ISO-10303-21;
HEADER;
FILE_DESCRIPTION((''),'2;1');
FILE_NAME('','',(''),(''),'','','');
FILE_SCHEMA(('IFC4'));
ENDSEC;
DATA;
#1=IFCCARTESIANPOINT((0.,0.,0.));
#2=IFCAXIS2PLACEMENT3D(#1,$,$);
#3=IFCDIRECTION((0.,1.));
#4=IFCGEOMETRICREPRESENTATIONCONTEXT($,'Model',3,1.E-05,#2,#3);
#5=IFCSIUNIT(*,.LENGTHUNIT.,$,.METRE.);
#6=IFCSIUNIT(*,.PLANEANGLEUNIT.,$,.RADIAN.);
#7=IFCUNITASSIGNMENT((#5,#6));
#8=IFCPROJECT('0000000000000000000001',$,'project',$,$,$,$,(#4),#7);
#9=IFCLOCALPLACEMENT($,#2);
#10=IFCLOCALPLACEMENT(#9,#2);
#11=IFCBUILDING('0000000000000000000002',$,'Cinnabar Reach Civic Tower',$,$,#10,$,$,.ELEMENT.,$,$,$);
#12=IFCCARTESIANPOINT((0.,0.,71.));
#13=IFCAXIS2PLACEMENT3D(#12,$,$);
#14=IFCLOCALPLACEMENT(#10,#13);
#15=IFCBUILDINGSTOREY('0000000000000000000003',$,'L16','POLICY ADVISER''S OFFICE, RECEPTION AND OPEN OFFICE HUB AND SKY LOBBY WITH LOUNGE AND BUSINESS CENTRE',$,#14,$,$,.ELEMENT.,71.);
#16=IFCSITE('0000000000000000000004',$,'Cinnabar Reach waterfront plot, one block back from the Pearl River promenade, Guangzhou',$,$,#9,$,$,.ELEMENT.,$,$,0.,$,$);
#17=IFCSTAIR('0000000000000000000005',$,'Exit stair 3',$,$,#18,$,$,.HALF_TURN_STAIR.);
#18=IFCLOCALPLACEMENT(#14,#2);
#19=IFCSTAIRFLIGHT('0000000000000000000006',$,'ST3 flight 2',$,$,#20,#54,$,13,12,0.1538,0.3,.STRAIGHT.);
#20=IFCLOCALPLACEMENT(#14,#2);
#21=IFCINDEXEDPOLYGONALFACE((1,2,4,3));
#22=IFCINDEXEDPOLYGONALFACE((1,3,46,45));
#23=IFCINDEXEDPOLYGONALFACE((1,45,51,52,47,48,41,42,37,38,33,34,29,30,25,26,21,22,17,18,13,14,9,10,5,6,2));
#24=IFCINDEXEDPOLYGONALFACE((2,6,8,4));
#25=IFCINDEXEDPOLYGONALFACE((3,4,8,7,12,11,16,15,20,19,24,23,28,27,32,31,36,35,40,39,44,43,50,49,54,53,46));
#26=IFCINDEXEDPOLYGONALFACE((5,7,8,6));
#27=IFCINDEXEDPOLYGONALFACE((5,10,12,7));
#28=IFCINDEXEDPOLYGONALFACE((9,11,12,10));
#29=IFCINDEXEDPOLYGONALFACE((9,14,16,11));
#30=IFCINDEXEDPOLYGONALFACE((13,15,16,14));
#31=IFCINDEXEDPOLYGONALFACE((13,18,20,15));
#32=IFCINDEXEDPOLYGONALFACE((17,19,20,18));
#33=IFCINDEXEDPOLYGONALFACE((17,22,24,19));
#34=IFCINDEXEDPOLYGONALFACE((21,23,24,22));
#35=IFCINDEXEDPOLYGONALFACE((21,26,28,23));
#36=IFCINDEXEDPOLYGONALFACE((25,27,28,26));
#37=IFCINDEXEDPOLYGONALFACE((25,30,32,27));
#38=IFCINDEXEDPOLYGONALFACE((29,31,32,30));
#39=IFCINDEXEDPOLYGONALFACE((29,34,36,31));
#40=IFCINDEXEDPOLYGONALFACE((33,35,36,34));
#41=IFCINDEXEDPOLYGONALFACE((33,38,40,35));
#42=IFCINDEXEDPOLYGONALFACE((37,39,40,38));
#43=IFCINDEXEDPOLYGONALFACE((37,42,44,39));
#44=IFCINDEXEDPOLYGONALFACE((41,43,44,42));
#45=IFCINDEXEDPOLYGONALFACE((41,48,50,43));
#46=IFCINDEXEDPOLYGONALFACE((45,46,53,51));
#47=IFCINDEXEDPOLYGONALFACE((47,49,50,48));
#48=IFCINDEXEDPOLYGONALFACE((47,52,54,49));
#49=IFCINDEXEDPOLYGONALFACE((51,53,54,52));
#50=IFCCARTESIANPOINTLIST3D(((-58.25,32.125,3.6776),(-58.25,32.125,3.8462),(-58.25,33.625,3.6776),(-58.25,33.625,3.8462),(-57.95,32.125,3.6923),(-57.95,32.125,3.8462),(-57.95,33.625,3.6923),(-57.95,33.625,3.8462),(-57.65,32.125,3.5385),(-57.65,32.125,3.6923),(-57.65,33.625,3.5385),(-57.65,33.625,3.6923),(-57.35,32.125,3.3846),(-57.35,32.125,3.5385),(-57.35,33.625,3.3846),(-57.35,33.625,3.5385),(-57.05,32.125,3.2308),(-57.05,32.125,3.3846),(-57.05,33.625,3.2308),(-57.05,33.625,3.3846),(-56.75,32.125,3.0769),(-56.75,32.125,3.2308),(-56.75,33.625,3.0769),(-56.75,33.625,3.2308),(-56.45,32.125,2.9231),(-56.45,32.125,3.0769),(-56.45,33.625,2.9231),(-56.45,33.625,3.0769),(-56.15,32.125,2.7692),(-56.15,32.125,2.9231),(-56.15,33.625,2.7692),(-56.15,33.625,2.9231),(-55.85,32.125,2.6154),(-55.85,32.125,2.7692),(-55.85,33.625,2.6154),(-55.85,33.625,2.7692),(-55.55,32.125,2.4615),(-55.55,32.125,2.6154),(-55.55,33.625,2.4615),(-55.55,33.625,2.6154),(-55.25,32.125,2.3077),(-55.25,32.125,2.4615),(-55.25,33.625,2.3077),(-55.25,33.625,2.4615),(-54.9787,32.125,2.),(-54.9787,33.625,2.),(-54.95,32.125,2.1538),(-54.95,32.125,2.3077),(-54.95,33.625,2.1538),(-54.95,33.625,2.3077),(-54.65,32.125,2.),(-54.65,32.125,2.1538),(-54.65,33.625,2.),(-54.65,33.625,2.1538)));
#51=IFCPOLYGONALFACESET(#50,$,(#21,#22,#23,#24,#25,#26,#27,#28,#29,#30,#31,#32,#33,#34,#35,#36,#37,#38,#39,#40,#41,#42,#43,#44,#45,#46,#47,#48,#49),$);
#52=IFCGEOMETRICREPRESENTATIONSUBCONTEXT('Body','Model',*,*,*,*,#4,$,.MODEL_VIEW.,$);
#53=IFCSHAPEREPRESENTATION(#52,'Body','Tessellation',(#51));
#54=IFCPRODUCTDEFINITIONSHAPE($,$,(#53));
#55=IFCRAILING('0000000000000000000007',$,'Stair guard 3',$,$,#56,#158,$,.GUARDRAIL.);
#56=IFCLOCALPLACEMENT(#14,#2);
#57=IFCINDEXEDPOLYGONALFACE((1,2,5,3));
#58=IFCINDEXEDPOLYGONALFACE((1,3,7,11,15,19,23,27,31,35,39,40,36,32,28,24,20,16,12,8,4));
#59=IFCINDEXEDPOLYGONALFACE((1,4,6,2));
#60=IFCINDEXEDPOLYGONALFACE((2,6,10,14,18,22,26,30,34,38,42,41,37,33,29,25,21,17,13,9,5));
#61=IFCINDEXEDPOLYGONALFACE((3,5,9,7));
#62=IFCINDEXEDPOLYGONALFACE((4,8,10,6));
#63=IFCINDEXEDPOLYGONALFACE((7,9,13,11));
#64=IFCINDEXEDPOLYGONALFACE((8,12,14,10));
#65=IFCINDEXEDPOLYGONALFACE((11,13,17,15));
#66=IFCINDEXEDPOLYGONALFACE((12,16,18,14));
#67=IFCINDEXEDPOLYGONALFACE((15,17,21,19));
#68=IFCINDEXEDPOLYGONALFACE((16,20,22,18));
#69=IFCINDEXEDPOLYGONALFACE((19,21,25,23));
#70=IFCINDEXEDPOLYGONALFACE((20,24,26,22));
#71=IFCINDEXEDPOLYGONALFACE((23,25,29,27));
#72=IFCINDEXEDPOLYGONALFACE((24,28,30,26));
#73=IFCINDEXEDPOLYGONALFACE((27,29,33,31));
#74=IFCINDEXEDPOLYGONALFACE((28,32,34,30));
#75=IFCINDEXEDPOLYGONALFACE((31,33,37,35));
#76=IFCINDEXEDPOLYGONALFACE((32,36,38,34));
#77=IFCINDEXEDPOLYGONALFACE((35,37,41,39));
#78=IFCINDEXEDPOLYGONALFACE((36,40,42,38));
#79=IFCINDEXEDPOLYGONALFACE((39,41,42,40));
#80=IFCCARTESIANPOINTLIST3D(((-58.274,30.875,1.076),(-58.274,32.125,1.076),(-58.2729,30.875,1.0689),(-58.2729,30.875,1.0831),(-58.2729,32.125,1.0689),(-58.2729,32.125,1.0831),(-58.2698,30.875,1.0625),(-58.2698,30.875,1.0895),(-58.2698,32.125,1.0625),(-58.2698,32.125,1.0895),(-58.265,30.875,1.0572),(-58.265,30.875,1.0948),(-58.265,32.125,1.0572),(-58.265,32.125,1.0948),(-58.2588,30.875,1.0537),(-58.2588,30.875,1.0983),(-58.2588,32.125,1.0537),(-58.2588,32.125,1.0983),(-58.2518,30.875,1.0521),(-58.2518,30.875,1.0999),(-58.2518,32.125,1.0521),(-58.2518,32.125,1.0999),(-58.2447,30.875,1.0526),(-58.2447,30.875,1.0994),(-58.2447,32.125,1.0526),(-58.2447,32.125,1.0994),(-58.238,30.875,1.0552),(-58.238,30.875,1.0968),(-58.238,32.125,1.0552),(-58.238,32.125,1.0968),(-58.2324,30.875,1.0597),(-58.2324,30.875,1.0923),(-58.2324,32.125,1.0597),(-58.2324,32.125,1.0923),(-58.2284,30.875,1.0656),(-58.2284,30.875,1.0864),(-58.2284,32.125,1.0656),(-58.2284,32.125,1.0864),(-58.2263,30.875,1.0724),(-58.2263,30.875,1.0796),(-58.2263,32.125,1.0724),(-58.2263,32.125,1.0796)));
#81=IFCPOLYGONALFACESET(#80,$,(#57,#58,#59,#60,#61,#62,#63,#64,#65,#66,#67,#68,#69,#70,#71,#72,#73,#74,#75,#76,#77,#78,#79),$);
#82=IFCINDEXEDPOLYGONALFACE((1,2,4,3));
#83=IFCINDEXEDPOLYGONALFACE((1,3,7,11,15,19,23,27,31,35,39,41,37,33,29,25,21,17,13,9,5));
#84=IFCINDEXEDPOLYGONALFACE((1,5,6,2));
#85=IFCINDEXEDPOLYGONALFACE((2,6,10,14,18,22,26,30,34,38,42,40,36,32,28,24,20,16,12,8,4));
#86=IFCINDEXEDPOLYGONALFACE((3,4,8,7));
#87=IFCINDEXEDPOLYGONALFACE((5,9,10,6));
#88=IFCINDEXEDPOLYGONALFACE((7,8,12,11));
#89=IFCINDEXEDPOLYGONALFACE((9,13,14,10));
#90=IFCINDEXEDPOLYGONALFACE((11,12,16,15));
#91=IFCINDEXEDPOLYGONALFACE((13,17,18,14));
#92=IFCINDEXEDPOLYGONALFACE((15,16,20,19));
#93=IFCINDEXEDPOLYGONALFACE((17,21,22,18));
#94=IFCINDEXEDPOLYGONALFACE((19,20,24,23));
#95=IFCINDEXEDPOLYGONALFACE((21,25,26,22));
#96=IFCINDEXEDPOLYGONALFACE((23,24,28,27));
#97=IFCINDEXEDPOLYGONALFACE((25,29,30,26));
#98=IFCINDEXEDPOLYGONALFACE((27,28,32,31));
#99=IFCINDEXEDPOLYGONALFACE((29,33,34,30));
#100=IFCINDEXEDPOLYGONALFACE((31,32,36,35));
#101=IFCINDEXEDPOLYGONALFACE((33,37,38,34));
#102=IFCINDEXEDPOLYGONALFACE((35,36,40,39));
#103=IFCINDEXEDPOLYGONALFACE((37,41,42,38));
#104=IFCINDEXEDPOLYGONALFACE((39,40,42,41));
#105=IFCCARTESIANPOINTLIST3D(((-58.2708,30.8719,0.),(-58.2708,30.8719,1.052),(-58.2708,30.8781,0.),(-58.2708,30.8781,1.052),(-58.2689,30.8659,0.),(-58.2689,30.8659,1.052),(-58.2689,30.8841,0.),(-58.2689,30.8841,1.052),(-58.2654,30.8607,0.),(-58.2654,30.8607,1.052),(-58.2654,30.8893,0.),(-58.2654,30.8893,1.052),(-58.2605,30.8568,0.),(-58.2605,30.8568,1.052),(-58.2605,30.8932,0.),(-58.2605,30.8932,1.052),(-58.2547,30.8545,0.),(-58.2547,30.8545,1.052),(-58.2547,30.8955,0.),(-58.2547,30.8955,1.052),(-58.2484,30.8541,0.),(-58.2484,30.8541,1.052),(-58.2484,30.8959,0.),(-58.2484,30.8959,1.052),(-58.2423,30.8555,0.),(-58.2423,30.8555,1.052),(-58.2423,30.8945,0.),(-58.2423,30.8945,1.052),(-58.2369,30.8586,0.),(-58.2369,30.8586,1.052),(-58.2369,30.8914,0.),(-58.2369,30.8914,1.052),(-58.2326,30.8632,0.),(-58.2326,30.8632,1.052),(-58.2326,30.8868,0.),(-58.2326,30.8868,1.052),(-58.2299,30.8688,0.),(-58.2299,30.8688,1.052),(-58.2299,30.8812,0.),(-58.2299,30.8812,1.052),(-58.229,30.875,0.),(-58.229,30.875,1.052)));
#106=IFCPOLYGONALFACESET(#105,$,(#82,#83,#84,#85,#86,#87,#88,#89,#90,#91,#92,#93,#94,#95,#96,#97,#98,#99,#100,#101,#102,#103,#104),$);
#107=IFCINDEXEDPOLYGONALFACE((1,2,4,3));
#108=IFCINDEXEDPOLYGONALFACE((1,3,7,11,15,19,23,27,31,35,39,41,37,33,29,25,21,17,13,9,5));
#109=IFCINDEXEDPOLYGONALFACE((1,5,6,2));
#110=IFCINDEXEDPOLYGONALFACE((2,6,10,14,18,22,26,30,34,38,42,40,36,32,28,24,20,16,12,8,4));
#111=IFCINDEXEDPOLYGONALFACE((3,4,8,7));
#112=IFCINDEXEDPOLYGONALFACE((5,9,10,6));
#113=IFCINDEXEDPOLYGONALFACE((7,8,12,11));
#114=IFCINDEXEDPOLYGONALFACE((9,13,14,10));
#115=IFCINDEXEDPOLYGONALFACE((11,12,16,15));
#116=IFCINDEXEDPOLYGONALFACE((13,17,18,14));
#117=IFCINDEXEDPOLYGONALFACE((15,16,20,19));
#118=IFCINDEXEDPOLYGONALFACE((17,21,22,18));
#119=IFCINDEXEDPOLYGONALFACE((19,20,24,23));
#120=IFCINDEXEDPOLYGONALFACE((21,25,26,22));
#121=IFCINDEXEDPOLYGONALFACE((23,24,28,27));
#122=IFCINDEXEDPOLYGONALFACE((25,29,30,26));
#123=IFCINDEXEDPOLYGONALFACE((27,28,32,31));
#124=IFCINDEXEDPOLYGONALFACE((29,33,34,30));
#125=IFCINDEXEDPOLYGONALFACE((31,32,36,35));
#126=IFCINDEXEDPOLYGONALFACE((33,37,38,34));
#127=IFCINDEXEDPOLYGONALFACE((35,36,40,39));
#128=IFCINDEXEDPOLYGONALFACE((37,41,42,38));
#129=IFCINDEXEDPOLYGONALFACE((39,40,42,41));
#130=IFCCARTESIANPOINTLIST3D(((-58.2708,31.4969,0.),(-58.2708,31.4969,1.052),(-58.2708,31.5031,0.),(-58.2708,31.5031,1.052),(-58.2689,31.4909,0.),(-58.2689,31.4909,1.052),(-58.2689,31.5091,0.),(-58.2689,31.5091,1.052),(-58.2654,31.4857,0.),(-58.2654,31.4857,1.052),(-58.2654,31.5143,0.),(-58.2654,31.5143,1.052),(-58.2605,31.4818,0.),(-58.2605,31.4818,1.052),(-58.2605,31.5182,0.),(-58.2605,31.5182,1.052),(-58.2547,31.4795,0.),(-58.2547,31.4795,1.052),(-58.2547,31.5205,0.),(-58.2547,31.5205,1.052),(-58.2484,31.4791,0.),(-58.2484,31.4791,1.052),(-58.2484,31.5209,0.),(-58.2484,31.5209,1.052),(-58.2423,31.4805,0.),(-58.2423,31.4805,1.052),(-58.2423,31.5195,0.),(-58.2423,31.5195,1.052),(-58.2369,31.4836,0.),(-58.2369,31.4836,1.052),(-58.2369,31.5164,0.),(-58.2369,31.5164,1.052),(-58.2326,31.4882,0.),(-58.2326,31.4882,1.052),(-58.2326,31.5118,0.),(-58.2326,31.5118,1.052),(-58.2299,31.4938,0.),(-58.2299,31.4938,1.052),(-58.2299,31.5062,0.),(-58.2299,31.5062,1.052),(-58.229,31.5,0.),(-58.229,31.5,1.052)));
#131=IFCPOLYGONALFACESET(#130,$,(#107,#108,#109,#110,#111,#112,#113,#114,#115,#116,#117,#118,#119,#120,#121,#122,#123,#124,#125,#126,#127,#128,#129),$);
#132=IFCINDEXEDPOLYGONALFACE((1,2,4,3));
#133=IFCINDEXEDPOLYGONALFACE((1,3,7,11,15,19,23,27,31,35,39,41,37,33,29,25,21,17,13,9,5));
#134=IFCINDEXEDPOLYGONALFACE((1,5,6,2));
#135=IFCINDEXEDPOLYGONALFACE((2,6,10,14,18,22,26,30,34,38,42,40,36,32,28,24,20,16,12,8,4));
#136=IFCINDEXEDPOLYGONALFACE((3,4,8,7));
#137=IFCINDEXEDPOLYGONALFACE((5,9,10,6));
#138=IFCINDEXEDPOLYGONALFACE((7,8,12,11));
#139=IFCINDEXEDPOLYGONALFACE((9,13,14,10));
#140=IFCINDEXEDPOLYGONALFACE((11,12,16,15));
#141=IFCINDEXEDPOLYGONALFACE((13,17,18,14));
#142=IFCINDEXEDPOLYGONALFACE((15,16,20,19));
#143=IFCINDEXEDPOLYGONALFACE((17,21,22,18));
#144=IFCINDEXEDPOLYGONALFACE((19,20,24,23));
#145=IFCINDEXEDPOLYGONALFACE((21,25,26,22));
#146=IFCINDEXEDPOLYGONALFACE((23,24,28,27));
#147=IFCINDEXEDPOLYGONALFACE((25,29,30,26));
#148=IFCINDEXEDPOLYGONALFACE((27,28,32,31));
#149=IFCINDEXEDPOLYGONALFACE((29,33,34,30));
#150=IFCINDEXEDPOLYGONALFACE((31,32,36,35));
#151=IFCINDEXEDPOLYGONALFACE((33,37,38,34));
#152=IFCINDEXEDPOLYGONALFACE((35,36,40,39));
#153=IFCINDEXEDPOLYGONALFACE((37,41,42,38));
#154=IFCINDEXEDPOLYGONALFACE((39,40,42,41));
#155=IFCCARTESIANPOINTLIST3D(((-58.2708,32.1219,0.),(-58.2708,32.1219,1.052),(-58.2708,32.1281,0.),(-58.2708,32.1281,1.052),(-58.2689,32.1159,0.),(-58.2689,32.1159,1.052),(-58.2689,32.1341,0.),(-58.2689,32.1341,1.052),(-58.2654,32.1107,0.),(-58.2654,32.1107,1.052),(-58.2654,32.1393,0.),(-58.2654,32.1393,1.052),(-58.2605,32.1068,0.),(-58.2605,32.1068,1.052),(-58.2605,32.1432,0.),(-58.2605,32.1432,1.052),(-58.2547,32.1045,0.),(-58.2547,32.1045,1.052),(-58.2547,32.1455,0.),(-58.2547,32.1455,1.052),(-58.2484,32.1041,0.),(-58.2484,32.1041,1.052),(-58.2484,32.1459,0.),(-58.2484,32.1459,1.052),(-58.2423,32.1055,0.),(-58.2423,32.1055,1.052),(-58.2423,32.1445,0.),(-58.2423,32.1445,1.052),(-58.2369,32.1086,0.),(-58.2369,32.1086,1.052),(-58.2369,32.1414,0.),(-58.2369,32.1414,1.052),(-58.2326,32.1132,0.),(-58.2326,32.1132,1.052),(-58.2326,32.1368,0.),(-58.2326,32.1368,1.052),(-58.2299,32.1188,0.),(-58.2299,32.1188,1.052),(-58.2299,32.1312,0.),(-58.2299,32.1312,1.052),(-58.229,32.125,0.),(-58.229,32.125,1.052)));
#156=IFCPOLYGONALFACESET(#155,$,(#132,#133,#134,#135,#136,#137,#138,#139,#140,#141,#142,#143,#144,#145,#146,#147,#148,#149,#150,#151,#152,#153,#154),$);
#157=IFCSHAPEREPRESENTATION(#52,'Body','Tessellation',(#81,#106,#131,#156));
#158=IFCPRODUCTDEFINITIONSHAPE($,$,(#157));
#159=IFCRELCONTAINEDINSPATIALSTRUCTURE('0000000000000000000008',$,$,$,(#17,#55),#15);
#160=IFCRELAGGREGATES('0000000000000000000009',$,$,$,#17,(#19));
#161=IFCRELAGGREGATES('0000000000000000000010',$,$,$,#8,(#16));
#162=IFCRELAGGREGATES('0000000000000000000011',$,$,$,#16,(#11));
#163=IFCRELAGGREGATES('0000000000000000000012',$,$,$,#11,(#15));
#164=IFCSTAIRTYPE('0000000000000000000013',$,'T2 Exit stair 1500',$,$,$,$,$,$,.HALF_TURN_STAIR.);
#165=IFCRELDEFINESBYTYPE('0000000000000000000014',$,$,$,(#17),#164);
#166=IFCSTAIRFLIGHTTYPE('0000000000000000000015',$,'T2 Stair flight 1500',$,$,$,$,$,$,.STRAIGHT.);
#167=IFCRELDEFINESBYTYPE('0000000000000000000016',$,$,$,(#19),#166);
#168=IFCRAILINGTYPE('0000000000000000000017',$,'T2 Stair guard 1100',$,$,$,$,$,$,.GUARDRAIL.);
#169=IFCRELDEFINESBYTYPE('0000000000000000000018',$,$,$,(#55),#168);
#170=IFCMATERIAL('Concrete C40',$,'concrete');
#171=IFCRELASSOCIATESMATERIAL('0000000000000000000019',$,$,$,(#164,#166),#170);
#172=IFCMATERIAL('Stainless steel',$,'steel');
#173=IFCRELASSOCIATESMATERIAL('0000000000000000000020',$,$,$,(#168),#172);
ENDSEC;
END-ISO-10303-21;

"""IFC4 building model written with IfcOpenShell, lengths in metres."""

from ifc_helpers import new_model, si_unit, direction, frame, origin, origin_2d, place, context, subcontext, project, spatial, polyline, circle, outline, extrude, material, type_object, element, aggregate, save


model = new_model("IFC4")

# Units and contexts
model_context = context("Model", 3, precision=1e-05, world=origin(), true_north=direction((0.0, 1.0)))
body_context = subcontext(model_context, "Body", "Model", "MODEL_VIEW")
ifc_project = project(units=[si_unit("LENGTHUNIT", "METRE"), si_unit("PLANEANGLEUNIT", "RADIAN")], contexts=[model_context])

# Site, building, storey
site_placement = place(None, origin())
site = spatial("IfcSite", under=ifc_project, at=site_placement, Name="Cinnabar Reach waterfront plot, one block back from the Pearl River promenade, Guangzhou", CompositionType="ELEMENT", RefElevation=0.0)
building_placement = place(site_placement, origin())
building = spatial("IfcBuilding", under=site, at=building_placement, Name="Cinnabar Reach Civic Tower", CompositionType="ELEMENT")
storey_placement = place(building_placement, frame((0.0, 0.0, 71.0)))
storey = spatial("IfcBuildingStorey", under=building, at=storey_placement, Name="L16", Description="POLICY ADVISER'S OFFICE, RECEPTION AND OPEN OFFICE HUB AND SKY LOBBY WITH LOUNGE AND BUSINESS CENTRE", CompositionType="ELEMENT", Elevation=71.0)

# Stair, stair flight
ifc_material_1 = material(Name="Concrete C40", Category="concrete")
stair_type = type_object("IfcStairType", Name="T2 Exit stair 1500", PredefinedType="HALF_TURN_STAIR", material=ifc_material_1)
stair_placement = place(storey_placement, origin())
stair = element("IfcStair", 1, at=stair_placement, inside=storey, type_object=stair_type, Name="Exit stair 3", PredefinedType="HALF_TURN_STAIR")
stair_flight_type = type_object("IfcStairFlightType", Name="T2 Stair flight 1500", PredefinedType="STRAIGHT", material=ifc_material_1)
stair_flight_placement = place(storey_placement, frame((-54.65, 32.875, 2.0), z_axis=(0.0, 0.0, 1.0), x_axis=(-1.0, 0.0, 0.0)))
stair_flight = element("IfcStairFlight", 2, at=stair_flight_placement, type_object=stair_flight_type, Name="ST3 flight 2", NumberOfRisers=13, NumberOfTreads=12, PredefinedType="STRAIGHT", RiserHeight=0.1538, TreadLength=0.3, context=body_context, shape_type="SweptSolid", body=[
    extrude(outline(polyline([(0.0, 0.0), (0.0, 0.1538), (0.3, 0.1538), (0.3, 0.3077), (0.6, 0.3077), (0.6, 0.4615), (0.9, 0.4615), (0.9, 0.6154), (1.2, 0.6154), (1.2, 0.7692), (1.5, 0.7692), (1.5, 0.9231), (1.8, 0.9231), (1.8, 1.0769), (2.1, 1.0769), (2.1, 1.2308), (2.4, 1.2308), (2.4, 1.3846), (2.7, 1.3846), (2.7, 1.5385), (3.0, 1.5385), (3.0, 1.6923), (3.3, 1.6923), (3.3, 1.8462), (3.6, 1.8462), (3.6, 2.0), (3.6, 1.6776), (0.3287, 0.0), (0.0, 0.0)])), frame((0.0, 0.75, 0.0), z_axis=(0.0, -1.0, 0.0), x_axis=(1.0, 0.0, 0.0)), (0.0, 0.0, 1.0), 1.5),
])
aggregate(stair, [stair_flight])

# Railing
ifc_material_2 = material(Name="Stainless steel", Category="steel")
railing_type = type_object("IfcRailingType", Name="T2 Stair guard 1100", PredefinedType="GUARDRAIL", material=ifc_material_2)
railing_1_placement = place(storey_placement, frame((-58.25, 30.875, 0.0)))
element("IfcRailing", 3, at=railing_1_placement, inside=storey, type_object=railing_type, Name="Stair guard 3", PredefinedType="GUARDRAIL", context=body_context, shape_type="SweptSolid", body=[
    extrude(circle(Radius=0.024, at=origin_2d()), frame((0.0, 0.0, 1.076), z_axis=(0.0, 1.0, 0.0), x_axis=(-1.0, 0.0, 0.0)), (0.0, 0.0, 1.0), 1.25),
    extrude(circle(Radius=0.021, at=origin_2d()), origin(), (0.0, 0.0, 1.0), 1.052),
    extrude(circle(Radius=0.021, at=origin_2d()), frame((0.0, 0.625, 0.0)), (0.0, 0.0, 1.0), 1.052),
    extrude(circle(Radius=0.021, at=origin_2d()), frame((0.0, 1.25, 0.0)), (0.0, 0.0, 1.0), 1.052),
])

save(model, "model.ifc")
